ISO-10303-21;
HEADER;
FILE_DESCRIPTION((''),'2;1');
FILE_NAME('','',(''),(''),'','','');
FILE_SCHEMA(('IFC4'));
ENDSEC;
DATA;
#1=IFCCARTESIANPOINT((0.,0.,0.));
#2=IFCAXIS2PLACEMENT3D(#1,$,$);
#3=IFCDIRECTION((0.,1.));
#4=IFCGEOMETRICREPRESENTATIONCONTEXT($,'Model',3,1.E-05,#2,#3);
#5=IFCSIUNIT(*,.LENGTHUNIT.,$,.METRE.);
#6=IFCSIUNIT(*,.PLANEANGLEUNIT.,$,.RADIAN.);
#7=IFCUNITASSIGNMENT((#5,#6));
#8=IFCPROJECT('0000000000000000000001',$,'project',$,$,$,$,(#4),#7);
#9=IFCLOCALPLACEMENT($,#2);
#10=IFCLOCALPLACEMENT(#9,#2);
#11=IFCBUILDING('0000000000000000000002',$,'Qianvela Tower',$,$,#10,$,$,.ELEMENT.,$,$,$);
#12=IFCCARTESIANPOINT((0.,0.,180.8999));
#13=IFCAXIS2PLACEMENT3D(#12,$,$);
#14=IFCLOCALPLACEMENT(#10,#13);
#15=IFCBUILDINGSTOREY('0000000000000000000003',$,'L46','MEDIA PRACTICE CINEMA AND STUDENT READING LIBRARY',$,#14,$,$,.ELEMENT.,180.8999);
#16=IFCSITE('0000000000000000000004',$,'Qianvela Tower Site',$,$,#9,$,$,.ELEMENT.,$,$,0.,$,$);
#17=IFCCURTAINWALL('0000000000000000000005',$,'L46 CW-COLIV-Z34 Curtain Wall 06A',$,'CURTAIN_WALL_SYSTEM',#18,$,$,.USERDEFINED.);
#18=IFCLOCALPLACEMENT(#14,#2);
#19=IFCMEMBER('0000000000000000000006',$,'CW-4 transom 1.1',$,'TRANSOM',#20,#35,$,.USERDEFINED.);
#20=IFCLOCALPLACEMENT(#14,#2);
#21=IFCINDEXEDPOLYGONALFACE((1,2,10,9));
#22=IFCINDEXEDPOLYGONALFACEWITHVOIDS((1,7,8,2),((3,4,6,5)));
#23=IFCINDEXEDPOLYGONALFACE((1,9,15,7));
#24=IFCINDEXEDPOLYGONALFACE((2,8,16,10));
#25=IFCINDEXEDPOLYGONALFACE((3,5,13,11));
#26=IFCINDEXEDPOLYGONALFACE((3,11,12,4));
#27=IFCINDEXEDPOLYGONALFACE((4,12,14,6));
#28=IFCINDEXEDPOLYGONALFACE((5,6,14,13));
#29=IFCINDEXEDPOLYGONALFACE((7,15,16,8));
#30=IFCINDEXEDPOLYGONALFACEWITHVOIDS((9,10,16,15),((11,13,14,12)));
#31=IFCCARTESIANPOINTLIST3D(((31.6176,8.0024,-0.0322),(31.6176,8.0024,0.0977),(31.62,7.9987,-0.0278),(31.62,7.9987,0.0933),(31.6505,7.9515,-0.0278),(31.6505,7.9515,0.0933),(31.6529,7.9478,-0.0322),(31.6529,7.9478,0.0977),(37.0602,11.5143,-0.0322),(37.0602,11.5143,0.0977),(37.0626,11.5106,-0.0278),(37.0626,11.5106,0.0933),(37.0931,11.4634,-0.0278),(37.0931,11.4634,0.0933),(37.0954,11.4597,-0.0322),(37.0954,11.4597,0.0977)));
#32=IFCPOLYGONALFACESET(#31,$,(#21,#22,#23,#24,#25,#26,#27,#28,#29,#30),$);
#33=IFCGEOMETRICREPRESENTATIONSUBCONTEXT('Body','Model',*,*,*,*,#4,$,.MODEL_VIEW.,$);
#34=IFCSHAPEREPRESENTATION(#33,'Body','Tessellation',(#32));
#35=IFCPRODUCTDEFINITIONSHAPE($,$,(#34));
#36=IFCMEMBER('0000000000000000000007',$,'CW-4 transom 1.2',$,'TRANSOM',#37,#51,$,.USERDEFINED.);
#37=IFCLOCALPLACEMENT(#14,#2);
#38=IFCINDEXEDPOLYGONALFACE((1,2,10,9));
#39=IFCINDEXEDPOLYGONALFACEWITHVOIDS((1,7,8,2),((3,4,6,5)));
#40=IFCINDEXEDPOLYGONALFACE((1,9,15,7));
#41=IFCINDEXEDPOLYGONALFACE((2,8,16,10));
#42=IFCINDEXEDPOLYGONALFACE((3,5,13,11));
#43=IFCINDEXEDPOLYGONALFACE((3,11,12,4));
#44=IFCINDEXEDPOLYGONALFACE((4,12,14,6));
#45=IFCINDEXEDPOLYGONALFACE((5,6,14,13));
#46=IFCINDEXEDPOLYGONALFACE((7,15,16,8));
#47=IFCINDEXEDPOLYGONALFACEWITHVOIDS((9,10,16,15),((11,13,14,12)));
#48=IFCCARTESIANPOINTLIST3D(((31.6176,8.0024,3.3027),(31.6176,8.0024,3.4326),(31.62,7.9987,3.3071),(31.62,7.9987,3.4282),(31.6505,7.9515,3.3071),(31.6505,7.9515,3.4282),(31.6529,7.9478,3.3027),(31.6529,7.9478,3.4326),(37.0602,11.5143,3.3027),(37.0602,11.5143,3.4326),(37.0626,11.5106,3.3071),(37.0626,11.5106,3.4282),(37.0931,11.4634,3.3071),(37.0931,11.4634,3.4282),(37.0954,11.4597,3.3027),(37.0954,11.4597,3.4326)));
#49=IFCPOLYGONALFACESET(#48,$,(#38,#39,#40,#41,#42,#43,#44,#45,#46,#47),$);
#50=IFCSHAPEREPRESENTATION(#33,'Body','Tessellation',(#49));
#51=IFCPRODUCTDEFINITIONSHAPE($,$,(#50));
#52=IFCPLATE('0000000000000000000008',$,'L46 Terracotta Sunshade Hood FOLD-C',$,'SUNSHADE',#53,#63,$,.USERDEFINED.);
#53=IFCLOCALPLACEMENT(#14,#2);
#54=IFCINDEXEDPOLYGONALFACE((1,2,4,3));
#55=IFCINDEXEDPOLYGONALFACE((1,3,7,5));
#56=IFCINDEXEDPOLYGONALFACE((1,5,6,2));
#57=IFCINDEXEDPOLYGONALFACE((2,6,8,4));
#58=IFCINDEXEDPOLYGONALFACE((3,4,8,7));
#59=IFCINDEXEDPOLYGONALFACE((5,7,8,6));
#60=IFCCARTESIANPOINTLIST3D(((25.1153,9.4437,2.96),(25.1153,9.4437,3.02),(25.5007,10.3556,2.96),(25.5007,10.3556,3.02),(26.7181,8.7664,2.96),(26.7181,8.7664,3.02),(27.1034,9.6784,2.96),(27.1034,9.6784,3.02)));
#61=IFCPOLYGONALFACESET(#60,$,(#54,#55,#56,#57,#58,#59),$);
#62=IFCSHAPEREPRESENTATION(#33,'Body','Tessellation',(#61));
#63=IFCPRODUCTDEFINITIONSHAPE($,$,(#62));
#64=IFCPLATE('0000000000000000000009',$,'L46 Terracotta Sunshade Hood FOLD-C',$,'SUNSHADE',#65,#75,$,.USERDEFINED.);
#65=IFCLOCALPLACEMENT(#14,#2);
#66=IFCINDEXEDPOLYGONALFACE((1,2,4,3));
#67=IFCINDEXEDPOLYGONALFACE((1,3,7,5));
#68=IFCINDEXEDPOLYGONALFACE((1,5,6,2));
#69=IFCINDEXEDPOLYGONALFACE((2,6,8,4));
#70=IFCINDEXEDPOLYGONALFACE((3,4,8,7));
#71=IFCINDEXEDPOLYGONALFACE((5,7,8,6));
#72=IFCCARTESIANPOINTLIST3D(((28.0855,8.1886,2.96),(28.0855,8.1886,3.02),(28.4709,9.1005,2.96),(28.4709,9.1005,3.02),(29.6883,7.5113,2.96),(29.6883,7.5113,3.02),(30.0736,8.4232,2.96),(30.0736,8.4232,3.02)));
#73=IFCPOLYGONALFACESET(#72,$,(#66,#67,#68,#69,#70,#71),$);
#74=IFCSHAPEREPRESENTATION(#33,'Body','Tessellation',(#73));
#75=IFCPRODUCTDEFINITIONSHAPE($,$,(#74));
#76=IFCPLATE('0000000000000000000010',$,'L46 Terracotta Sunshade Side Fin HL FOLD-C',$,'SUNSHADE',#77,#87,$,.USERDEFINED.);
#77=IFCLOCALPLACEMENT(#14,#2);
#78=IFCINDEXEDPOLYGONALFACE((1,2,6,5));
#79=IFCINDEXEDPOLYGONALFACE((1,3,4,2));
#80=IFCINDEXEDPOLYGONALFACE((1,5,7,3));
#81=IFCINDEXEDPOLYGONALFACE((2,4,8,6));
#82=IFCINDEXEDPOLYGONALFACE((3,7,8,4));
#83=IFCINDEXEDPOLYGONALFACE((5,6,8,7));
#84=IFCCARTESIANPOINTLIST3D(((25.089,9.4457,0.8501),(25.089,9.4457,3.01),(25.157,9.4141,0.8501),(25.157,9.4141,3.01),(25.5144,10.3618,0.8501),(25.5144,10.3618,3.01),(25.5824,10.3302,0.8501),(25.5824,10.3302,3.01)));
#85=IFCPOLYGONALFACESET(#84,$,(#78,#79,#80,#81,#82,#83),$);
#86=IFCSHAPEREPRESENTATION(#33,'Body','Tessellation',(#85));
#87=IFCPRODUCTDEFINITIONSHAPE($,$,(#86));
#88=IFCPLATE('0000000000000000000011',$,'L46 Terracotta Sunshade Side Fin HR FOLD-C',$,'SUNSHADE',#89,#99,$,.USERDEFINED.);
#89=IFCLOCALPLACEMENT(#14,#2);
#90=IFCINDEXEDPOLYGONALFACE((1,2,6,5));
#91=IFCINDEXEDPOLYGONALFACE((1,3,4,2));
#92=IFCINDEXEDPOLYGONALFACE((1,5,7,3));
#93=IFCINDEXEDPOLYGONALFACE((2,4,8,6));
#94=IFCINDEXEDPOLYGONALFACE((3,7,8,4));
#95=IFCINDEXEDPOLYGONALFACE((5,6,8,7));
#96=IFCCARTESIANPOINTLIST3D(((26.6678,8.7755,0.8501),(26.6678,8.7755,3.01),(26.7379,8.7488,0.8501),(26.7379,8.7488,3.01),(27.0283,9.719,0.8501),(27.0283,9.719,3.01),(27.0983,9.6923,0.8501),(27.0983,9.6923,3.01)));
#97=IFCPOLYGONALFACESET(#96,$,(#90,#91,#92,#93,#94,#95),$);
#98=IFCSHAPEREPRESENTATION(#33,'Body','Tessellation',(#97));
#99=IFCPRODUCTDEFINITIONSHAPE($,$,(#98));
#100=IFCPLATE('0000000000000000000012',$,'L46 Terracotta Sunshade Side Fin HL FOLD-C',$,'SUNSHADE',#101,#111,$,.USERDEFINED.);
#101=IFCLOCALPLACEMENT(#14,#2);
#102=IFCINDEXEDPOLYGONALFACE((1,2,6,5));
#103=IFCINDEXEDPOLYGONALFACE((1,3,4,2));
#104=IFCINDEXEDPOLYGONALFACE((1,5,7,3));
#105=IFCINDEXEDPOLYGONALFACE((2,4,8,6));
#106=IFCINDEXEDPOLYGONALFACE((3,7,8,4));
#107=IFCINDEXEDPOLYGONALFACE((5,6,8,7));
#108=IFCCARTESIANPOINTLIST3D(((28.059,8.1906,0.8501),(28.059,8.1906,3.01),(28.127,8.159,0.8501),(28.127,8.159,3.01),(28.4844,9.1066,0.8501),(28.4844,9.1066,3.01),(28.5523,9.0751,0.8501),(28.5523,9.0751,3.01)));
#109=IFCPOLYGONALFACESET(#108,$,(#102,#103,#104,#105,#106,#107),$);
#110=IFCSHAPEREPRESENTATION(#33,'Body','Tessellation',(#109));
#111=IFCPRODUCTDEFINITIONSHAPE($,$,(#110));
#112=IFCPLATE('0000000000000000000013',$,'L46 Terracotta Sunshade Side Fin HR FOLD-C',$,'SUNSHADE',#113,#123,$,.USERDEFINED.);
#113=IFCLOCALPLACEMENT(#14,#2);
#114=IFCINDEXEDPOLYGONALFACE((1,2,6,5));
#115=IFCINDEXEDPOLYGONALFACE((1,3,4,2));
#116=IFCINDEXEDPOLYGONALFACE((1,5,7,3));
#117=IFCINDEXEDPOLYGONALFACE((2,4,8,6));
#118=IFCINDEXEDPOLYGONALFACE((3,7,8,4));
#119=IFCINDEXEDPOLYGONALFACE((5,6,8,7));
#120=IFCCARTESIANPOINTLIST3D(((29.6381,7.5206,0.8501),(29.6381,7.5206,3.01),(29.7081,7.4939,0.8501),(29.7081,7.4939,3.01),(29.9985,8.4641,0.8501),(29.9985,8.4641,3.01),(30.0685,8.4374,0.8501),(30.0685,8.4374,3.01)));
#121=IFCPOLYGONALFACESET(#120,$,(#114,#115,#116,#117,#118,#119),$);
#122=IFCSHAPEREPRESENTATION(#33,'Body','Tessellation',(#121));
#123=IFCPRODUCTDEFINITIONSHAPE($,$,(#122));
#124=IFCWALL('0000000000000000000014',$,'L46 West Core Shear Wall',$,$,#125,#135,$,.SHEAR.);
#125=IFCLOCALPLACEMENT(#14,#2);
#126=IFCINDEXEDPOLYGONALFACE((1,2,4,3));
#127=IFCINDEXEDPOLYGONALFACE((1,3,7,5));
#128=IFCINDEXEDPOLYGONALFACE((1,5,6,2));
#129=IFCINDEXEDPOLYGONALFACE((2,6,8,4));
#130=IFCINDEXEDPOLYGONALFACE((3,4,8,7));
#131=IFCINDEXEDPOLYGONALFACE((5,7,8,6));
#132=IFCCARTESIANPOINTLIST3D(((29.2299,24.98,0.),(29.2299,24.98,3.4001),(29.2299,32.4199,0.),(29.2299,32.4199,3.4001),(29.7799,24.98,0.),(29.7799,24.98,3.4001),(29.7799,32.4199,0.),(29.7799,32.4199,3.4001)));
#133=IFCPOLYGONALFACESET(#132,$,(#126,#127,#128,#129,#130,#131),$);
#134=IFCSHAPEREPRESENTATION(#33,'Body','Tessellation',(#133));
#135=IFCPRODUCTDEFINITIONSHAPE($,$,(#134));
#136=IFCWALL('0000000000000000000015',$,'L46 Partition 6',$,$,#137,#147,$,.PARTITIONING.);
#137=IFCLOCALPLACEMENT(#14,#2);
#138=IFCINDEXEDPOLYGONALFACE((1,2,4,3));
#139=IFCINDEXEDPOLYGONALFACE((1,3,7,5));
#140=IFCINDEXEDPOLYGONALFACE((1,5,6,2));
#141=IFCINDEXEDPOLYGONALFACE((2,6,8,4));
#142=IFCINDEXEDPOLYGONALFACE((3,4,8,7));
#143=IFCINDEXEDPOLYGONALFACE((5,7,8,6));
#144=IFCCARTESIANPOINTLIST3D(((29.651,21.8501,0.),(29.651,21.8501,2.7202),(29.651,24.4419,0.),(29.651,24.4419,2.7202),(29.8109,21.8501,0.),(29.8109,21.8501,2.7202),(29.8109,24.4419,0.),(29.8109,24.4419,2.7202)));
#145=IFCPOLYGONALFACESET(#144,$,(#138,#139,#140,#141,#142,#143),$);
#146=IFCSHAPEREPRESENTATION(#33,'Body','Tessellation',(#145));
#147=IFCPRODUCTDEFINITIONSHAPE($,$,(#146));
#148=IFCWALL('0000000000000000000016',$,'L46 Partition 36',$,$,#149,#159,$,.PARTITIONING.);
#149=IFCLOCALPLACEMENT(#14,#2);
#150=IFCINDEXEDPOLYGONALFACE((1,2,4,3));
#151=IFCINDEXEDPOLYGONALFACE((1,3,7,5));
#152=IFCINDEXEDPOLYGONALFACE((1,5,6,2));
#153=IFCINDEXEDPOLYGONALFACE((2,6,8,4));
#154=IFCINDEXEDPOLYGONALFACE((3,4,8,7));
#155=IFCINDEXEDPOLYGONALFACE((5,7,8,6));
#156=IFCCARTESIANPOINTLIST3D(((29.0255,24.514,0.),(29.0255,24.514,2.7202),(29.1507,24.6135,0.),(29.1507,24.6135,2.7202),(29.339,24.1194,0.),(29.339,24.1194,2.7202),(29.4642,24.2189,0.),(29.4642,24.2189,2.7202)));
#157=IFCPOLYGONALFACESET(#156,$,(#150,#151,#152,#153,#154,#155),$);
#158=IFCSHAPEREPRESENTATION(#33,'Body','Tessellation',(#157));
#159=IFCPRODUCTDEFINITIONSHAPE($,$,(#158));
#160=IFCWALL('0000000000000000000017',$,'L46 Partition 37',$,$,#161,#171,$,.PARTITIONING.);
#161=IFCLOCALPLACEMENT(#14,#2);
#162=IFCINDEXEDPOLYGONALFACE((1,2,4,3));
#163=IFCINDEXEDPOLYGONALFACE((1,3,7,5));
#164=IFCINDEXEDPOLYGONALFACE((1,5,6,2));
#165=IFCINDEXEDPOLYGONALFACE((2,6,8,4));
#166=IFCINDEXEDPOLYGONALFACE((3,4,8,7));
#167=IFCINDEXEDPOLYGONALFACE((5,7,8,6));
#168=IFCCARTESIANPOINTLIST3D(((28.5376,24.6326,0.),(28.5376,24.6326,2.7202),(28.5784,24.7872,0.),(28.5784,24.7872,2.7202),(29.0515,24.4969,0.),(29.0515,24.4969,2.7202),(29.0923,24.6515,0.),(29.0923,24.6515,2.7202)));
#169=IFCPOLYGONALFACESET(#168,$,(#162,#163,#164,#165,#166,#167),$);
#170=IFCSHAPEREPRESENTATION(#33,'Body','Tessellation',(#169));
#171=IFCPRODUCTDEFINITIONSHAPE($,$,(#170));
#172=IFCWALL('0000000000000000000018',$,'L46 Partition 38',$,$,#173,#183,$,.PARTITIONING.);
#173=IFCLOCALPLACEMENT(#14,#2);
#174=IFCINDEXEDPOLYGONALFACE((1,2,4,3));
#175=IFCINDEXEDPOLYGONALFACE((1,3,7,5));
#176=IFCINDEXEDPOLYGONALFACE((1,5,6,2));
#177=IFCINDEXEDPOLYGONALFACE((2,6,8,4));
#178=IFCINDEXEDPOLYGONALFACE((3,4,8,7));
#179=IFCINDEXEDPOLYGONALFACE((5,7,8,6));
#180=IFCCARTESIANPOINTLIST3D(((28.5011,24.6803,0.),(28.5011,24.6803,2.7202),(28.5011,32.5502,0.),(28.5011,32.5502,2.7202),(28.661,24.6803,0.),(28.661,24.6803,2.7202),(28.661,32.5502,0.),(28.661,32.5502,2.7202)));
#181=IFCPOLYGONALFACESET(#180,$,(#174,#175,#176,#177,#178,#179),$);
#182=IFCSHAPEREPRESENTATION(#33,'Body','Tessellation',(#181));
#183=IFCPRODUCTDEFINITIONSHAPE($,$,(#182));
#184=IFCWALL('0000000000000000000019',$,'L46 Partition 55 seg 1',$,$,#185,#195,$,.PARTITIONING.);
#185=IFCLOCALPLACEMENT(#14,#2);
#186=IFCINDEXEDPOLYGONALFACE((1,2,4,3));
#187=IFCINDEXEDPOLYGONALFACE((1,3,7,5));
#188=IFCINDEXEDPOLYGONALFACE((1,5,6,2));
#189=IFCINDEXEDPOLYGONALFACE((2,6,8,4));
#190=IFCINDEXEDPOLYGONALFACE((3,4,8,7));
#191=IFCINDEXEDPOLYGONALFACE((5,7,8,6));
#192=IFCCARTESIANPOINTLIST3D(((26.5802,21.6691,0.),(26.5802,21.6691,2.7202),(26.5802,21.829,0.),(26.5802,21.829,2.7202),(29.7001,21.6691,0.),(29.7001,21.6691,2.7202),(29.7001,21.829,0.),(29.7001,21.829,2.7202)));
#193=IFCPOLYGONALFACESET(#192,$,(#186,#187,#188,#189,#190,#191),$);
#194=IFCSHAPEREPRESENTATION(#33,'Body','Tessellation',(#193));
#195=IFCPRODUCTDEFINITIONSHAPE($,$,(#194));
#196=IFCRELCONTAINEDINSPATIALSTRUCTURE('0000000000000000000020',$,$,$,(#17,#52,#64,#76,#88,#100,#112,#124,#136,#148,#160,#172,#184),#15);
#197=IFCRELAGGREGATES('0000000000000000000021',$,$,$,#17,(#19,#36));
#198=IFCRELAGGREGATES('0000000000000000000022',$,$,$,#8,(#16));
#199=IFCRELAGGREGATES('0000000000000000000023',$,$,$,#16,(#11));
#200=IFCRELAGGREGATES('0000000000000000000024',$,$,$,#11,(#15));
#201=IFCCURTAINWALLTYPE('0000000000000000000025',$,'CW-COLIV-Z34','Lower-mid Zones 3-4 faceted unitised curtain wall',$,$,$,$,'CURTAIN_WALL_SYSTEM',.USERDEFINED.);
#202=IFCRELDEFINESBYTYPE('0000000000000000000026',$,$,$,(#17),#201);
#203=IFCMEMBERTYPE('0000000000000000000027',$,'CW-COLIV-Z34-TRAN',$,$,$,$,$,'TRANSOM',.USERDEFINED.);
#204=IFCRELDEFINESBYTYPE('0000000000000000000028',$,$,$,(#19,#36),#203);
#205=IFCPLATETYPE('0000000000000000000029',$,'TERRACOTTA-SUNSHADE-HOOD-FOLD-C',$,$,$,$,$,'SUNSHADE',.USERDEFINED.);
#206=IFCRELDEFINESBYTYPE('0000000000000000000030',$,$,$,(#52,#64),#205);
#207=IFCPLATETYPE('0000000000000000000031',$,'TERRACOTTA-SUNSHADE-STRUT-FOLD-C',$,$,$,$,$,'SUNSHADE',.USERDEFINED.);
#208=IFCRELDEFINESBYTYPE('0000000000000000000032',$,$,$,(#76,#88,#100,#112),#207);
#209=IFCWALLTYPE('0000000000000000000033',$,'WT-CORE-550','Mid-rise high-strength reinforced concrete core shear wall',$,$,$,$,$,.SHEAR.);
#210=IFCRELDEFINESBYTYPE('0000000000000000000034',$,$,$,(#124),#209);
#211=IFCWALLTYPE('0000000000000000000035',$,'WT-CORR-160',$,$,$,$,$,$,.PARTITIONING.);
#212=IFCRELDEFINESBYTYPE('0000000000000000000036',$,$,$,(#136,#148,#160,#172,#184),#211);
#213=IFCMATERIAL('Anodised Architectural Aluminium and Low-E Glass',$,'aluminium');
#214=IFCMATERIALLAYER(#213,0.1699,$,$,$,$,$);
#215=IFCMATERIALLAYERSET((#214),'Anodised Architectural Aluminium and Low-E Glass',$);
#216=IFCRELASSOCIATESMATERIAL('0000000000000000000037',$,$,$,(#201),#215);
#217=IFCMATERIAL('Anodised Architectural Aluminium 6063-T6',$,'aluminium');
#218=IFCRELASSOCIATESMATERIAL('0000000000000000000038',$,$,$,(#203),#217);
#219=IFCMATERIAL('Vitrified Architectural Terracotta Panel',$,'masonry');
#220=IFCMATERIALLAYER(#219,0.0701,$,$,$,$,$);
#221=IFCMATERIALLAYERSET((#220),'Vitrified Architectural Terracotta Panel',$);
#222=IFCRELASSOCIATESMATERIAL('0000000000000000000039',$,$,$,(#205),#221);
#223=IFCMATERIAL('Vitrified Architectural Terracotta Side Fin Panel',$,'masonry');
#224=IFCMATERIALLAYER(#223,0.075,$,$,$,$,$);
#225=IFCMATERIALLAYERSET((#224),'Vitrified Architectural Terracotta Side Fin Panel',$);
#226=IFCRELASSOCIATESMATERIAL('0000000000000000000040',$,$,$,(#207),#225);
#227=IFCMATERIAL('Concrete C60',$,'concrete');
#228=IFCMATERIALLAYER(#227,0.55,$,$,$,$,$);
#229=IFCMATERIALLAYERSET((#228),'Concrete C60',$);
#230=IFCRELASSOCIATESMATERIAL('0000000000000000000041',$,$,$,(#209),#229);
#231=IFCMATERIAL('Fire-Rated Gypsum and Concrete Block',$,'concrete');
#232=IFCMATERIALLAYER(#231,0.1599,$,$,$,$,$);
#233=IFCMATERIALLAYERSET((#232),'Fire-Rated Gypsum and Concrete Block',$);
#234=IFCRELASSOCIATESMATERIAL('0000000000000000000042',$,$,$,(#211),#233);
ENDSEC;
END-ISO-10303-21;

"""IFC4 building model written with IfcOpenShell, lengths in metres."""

from ifc_helpers import new_model, si_unit, direction, frame, frame_2d, origin, origin_2d, place, context, subcontext, project, spatial, rectangle, hollow_rectangle, extrude, material, layer, layer_set, material_profile, profile_set, type_object, element, aggregate, save


model = new_model("IFC4")

# Units and contexts
model_context = context("Model", 3, precision=1e-05, world=origin(), true_north=direction((0.0, 1.0)))
body_context = subcontext(model_context, "Body", "Model", "MODEL_VIEW")
ifc_project = project(units=[si_unit("LENGTHUNIT", "METRE"), si_unit("PLANEANGLEUNIT", "RADIAN")], contexts=[model_context])

# Site, building, storey
site_placement = place(None, origin())
site = spatial("IfcSite", under=ifc_project, at=site_placement, Name="Qianvela Tower Site", CompositionType="ELEMENT", RefElevation=0.0)
building_placement = place(site_placement, origin())
building = spatial("IfcBuilding", under=site, at=building_placement, Name="Qianvela Tower", CompositionType="ELEMENT")
storey_placement = place(building_placement, frame((0.0, 0.0, 180.8999)))
storey = spatial("IfcBuildingStorey", under=building, at=storey_placement, Name="L46", Description="MEDIA PRACTICE CINEMA AND STUDENT READING LIBRARY", CompositionType="ELEMENT", Elevation=180.8999)

# Curtain wall, members
ifc_material_1 = material(Name="Anodised Architectural Aluminium and Low-E Glass", Category="aluminium")
ifc_layer_1 = layer(ifc_material_1, 0.1699)
ifc_layer_set_1 = layer_set([ifc_layer_1], Name="Anodised Architectural Aluminium and Low-E Glass")
curtain_wall_type = type_object("IfcCurtainWallType", Name="CW-COLIV-Z34", Description="Lower-mid Zones 3-4 faceted unitised curtain wall", ElementType="CURTAIN_WALL_SYSTEM", PredefinedType="USERDEFINED", material=ifc_layer_set_1)
curtain_wall_placement = place(storey_placement, origin())
curtain_wall = element("IfcCurtainWall", 1, at=curtain_wall_placement, inside=storey, type_object=curtain_wall_type, Name="L46 CW-COLIV-Z34 Curtain Wall 06A", ObjectType="CURTAIN_WALL_SYSTEM", PredefinedType="USERDEFINED")
ifc_material_2 = material(Name="Anodised Architectural Aluminium 6063-T6", Category="aluminium")
ifc_material_profile_1 = material_profile(ifc_material_2, hollow_rectangle(XDim=0.0649, YDim=0.1299, WallThickness=0.0044, at=origin_2d()), Name="ALU-TRAN-65x130")
ifc_profile_set_1 = profile_set([ifc_material_profile_1], Name="Anodised Architectural Aluminium 6063-T6")
member_type_1 = type_object("IfcMemberType", Name="CW-COLIV-Z34-TRAN", ElementType="TRANSOM", PredefinedType="USERDEFINED", material=ifc_profile_set_1)
member_1_placement = place(storey_placement, frame((31.6353, 7.9751, 0.0327), z_axis=(0.840255, 0.542191, 0.0), x_axis=(-0.542191, 0.840255, 0.0)))
member_1 = element("IfcMember", 2, at=member_1_placement, type_object=member_type_1, Name="CW-4 transom 1.1", ObjectType="TRANSOM", PredefinedType="USERDEFINED", context=body_context, shape_type="SweptSolid", body=[
    extrude(hollow_rectangle(XDim=0.0649, YDim=0.1299, WallThickness=0.0044, at=origin_2d()), origin(), (0.0, 0.0, 1.0), 6.4773),
])
member_2_placement = place(storey_placement, frame((31.6353, 7.9751, 3.3677), z_axis=(0.840255, 0.542191, 0.0), x_axis=(-0.542191, 0.840255, 0.0)))
member_2 = element("IfcMember", 3, at=member_2_placement, type_object=member_type_1, Name="CW-4 transom 1.2", ObjectType="TRANSOM", PredefinedType="USERDEFINED", context=body_context, shape_type="SweptSolid", body=[
    extrude(hollow_rectangle(XDim=0.0649, YDim=0.1299, WallThickness=0.0044, at=origin_2d()), origin(), (0.0, 0.0, 1.0), 6.4773),
])
aggregate(curtain_wall, [member_1, member_2])

# Plates
ifc_material_3 = material(Name="Vitrified Architectural Terracotta Panel", Category="masonry")
ifc_layer_2 = layer(ifc_material_3, 0.0701)
ifc_layer_set_2 = layer_set([ifc_layer_2], Name="Vitrified Architectural Terracotta Panel")
plate_type_1 = type_object("IfcPlateType", Name="TERRACOTTA-SUNSHADE-HOOD-FOLD-C", ElementType="SUNSHADE", PredefinedType="USERDEFINED", material=ifc_layer_set_2)
for number, where, z_axis, x_axis, name in (
    (4, (26.1094, 9.561, 2.96), (0.0, 0.0, 1.0), (0.921142, -0.389227, 0.0), "L46 Terracotta Sunshade Hood FOLD-C"),
    (5, (29.0796, 8.3059, 2.96), (0.0, 0.0, 1.0), (0.921142, -0.389227, 0.0), "L46 Terracotta Sunshade Hood FOLD-C"),
):
    element("IfcPlate", number, at=place(storey_placement, frame(where, z_axis=z_axis, x_axis=x_axis)), inside=storey, type_object=plate_type_1, Name=name, ObjectType="SUNSHADE", PredefinedType="USERDEFINED", context=body_context, shape_type="SweptSolid", body=[
        extrude(rectangle(XDim=1.74, YDim=0.99, at=origin_2d()), origin(), (0.0, 0.0, 1.0), 0.0601),
    ])
ifc_material_4 = material(Name="Vitrified Architectural Terracotta Side Fin Panel", Category="masonry")
ifc_layer_3 = layer(ifc_material_4, 0.075)
ifc_layer_set_3 = layer_set([ifc_layer_3], Name="Vitrified Architectural Terracotta Side Fin Panel")
plate_type_2 = type_object("IfcPlateType", Name="TERRACOTTA-SUNSHADE-STRUT-FOLD-C", ElementType="SUNSHADE", PredefinedType="USERDEFINED", material=ifc_layer_set_3)
for number, where, z_axis, x_axis, name in (
    (6, (25.3357, 9.8879, 0.8501), (0.0, 0.0, 1.0), (0.906997, -0.421137, 0.0), "L46 Terracotta Sunshade Side Fin HL FOLD-C"),
    (7, (26.8831, 9.2339, 0.8501), (0.0, 0.0, 1.0), (0.934165, -0.356842, 0.0), "L46 Terracotta Sunshade Side Fin HR FOLD-C"),
    (8, (28.3057, 8.6328, 0.8501), (0.0, 0.0, 1.0), (0.906997, -0.421137, 0.0), "L46 Terracotta Sunshade Side Fin HL FOLD-C"),
    (9, (29.8533, 7.979, 0.8501), (0.0, 0.0, 1.0), (0.934165, -0.356842, 0.0), "L46 Terracotta Sunshade Side Fin HR FOLD-C"),
):
    element("IfcPlate", number, at=place(storey_placement, frame(where, z_axis=z_axis, x_axis=x_axis)), inside=storey, type_object=plate_type_2, Name=name, ObjectType="SUNSHADE", PredefinedType="USERDEFINED", context=body_context, shape_type="SweptSolid", body=[
        extrude(rectangle(XDim=0.075, YDim=1.01, at=origin_2d()), origin(), (0.0, 0.0, 1.0), 2.1599),
    ])

# Shared definitions
ifc_material_5 = material(Name="Concrete C60", Category="concrete")
ifc_layer_4 = layer(ifc_material_5, 0.55)
ifc_layer_set_4 = layer_set([ifc_layer_4], Name="Concrete C60")
wall_type_1 = type_object("IfcWallType", Name="WT-CORE-550", Description="Mid-rise high-strength reinforced concrete core shear wall", PredefinedType="SHEAR", material=ifc_layer_set_4)

# Walls
wall_1_placement = place(storey_placement, frame((29.5049, 24.98, 0.0), z_axis=(0.0, 0.0, 1.0), x_axis=(0.0, 1.0, 0.0)))
element("IfcWall", 10, at=wall_1_placement, inside=storey, type_object=wall_type_1, Name="L46 West Core Shear Wall", PredefinedType="SHEAR", context=body_context, shape_type="SweptSolid", body=[
    extrude(rectangle(XDim=7.4399, YDim=0.55, at=frame_2d((3.72, 0.0))), origin(), (0.0, 0.0, 1.0), 3.4001),
])
ifc_material_6 = material(Name="Fire-Rated Gypsum and Concrete Block", Category="concrete")
ifc_layer_5 = layer(ifc_material_6, 0.1599)
ifc_layer_set_5 = layer_set([ifc_layer_5], Name="Fire-Rated Gypsum and Concrete Block")
wall_type_2 = type_object("IfcWallType", Name="WT-CORR-160", PredefinedType="PARTITIONING", material=ifc_layer_set_5)
wall_2_placement = place(storey_placement, frame((29.731, 21.8501, 0.0), z_axis=(0.0, 0.0, 1.0), x_axis=(0.0, 1.0, 0.0)))
element("IfcWall", 11, at=wall_2_placement, inside=storey, type_object=wall_type_2, Name="L46 Partition 6", PredefinedType="PARTITIONING", context=body_context, shape_type="SweptSolid", body=[
    extrude(rectangle(XDim=2.5918, YDim=0.1599, at=frame_2d((1.2959, 0.0))), origin(), (0.0, 0.0, 1.0), 2.7202),
])
wall_3_placement = place(storey_placement, frame((29.4016, 24.1692, 0.0), z_axis=(0.0, 0.0, 1.0), x_axis=(-0.622092, 0.782944, 0.0)))
element("IfcWall", 12, at=wall_3_placement, inside=storey, type_object=wall_type_2, Name="L46 Partition 36", PredefinedType="PARTITIONING", context=body_context, shape_type="SweptSolid", body=[
    extrude(rectangle(XDim=0.5039, YDim=0.1599, at=frame_2d((0.252, 0.0))), origin(), (0.0, 0.0, 1.0), 2.7202),
])
wall_4_placement = place(storey_placement, frame((29.0718, 24.5742, 0.0), z_axis=(0.0, 0.0, 1.0), x_axis=(-0.966842, 0.255375, 0.0)))
element("IfcWall", 13, at=wall_4_placement, inside=storey, type_object=wall_type_2, Name="L46 Partition 37", PredefinedType="PARTITIONING", context=body_context, shape_type="SweptSolid", body=[
    extrude(rectangle(XDim=0.5315, YDim=0.1599, at=frame_2d((0.2656, 0.0))), origin(), (0.0, 0.0, 1.0), 2.7202),
])
wall_5_placement = place(storey_placement, frame((28.5811, 24.6802, 0.0), z_axis=(0.0, 0.0, 1.0), x_axis=(0.0, 1.0, 0.0)))
element("IfcWall", 14, at=wall_5_placement, inside=storey, type_object=wall_type_2, Name="L46 Partition 38", PredefinedType="PARTITIONING", context=body_context, shape_type="SweptSolid", body=[
    extrude(rectangle(XDim=7.8699, YDim=0.1599, at=frame_2d((3.9351, 0.0))), origin(), (0.0, 0.0, 1.0), 2.7202),
])
wall_6_placement = place(storey_placement, frame((26.5801, 21.749, 0.0), z_axis=(0.0, 0.0, 1.0), x_axis=(1.0, 0.0, 0.0)))
element("IfcWall", 15, at=wall_6_placement, inside=storey, type_object=wall_type_2, Name="L46 Partition 55 seg 1", PredefinedType="PARTITIONING", context=body_context, shape_type="SweptSolid", body=[
    extrude(rectangle(XDim=3.1199, YDim=0.1599, at=frame_2d((1.5601, 0.0))), origin(), (0.0, 0.0, 1.0), 2.7202),
])

save(model, "model.ifc")
